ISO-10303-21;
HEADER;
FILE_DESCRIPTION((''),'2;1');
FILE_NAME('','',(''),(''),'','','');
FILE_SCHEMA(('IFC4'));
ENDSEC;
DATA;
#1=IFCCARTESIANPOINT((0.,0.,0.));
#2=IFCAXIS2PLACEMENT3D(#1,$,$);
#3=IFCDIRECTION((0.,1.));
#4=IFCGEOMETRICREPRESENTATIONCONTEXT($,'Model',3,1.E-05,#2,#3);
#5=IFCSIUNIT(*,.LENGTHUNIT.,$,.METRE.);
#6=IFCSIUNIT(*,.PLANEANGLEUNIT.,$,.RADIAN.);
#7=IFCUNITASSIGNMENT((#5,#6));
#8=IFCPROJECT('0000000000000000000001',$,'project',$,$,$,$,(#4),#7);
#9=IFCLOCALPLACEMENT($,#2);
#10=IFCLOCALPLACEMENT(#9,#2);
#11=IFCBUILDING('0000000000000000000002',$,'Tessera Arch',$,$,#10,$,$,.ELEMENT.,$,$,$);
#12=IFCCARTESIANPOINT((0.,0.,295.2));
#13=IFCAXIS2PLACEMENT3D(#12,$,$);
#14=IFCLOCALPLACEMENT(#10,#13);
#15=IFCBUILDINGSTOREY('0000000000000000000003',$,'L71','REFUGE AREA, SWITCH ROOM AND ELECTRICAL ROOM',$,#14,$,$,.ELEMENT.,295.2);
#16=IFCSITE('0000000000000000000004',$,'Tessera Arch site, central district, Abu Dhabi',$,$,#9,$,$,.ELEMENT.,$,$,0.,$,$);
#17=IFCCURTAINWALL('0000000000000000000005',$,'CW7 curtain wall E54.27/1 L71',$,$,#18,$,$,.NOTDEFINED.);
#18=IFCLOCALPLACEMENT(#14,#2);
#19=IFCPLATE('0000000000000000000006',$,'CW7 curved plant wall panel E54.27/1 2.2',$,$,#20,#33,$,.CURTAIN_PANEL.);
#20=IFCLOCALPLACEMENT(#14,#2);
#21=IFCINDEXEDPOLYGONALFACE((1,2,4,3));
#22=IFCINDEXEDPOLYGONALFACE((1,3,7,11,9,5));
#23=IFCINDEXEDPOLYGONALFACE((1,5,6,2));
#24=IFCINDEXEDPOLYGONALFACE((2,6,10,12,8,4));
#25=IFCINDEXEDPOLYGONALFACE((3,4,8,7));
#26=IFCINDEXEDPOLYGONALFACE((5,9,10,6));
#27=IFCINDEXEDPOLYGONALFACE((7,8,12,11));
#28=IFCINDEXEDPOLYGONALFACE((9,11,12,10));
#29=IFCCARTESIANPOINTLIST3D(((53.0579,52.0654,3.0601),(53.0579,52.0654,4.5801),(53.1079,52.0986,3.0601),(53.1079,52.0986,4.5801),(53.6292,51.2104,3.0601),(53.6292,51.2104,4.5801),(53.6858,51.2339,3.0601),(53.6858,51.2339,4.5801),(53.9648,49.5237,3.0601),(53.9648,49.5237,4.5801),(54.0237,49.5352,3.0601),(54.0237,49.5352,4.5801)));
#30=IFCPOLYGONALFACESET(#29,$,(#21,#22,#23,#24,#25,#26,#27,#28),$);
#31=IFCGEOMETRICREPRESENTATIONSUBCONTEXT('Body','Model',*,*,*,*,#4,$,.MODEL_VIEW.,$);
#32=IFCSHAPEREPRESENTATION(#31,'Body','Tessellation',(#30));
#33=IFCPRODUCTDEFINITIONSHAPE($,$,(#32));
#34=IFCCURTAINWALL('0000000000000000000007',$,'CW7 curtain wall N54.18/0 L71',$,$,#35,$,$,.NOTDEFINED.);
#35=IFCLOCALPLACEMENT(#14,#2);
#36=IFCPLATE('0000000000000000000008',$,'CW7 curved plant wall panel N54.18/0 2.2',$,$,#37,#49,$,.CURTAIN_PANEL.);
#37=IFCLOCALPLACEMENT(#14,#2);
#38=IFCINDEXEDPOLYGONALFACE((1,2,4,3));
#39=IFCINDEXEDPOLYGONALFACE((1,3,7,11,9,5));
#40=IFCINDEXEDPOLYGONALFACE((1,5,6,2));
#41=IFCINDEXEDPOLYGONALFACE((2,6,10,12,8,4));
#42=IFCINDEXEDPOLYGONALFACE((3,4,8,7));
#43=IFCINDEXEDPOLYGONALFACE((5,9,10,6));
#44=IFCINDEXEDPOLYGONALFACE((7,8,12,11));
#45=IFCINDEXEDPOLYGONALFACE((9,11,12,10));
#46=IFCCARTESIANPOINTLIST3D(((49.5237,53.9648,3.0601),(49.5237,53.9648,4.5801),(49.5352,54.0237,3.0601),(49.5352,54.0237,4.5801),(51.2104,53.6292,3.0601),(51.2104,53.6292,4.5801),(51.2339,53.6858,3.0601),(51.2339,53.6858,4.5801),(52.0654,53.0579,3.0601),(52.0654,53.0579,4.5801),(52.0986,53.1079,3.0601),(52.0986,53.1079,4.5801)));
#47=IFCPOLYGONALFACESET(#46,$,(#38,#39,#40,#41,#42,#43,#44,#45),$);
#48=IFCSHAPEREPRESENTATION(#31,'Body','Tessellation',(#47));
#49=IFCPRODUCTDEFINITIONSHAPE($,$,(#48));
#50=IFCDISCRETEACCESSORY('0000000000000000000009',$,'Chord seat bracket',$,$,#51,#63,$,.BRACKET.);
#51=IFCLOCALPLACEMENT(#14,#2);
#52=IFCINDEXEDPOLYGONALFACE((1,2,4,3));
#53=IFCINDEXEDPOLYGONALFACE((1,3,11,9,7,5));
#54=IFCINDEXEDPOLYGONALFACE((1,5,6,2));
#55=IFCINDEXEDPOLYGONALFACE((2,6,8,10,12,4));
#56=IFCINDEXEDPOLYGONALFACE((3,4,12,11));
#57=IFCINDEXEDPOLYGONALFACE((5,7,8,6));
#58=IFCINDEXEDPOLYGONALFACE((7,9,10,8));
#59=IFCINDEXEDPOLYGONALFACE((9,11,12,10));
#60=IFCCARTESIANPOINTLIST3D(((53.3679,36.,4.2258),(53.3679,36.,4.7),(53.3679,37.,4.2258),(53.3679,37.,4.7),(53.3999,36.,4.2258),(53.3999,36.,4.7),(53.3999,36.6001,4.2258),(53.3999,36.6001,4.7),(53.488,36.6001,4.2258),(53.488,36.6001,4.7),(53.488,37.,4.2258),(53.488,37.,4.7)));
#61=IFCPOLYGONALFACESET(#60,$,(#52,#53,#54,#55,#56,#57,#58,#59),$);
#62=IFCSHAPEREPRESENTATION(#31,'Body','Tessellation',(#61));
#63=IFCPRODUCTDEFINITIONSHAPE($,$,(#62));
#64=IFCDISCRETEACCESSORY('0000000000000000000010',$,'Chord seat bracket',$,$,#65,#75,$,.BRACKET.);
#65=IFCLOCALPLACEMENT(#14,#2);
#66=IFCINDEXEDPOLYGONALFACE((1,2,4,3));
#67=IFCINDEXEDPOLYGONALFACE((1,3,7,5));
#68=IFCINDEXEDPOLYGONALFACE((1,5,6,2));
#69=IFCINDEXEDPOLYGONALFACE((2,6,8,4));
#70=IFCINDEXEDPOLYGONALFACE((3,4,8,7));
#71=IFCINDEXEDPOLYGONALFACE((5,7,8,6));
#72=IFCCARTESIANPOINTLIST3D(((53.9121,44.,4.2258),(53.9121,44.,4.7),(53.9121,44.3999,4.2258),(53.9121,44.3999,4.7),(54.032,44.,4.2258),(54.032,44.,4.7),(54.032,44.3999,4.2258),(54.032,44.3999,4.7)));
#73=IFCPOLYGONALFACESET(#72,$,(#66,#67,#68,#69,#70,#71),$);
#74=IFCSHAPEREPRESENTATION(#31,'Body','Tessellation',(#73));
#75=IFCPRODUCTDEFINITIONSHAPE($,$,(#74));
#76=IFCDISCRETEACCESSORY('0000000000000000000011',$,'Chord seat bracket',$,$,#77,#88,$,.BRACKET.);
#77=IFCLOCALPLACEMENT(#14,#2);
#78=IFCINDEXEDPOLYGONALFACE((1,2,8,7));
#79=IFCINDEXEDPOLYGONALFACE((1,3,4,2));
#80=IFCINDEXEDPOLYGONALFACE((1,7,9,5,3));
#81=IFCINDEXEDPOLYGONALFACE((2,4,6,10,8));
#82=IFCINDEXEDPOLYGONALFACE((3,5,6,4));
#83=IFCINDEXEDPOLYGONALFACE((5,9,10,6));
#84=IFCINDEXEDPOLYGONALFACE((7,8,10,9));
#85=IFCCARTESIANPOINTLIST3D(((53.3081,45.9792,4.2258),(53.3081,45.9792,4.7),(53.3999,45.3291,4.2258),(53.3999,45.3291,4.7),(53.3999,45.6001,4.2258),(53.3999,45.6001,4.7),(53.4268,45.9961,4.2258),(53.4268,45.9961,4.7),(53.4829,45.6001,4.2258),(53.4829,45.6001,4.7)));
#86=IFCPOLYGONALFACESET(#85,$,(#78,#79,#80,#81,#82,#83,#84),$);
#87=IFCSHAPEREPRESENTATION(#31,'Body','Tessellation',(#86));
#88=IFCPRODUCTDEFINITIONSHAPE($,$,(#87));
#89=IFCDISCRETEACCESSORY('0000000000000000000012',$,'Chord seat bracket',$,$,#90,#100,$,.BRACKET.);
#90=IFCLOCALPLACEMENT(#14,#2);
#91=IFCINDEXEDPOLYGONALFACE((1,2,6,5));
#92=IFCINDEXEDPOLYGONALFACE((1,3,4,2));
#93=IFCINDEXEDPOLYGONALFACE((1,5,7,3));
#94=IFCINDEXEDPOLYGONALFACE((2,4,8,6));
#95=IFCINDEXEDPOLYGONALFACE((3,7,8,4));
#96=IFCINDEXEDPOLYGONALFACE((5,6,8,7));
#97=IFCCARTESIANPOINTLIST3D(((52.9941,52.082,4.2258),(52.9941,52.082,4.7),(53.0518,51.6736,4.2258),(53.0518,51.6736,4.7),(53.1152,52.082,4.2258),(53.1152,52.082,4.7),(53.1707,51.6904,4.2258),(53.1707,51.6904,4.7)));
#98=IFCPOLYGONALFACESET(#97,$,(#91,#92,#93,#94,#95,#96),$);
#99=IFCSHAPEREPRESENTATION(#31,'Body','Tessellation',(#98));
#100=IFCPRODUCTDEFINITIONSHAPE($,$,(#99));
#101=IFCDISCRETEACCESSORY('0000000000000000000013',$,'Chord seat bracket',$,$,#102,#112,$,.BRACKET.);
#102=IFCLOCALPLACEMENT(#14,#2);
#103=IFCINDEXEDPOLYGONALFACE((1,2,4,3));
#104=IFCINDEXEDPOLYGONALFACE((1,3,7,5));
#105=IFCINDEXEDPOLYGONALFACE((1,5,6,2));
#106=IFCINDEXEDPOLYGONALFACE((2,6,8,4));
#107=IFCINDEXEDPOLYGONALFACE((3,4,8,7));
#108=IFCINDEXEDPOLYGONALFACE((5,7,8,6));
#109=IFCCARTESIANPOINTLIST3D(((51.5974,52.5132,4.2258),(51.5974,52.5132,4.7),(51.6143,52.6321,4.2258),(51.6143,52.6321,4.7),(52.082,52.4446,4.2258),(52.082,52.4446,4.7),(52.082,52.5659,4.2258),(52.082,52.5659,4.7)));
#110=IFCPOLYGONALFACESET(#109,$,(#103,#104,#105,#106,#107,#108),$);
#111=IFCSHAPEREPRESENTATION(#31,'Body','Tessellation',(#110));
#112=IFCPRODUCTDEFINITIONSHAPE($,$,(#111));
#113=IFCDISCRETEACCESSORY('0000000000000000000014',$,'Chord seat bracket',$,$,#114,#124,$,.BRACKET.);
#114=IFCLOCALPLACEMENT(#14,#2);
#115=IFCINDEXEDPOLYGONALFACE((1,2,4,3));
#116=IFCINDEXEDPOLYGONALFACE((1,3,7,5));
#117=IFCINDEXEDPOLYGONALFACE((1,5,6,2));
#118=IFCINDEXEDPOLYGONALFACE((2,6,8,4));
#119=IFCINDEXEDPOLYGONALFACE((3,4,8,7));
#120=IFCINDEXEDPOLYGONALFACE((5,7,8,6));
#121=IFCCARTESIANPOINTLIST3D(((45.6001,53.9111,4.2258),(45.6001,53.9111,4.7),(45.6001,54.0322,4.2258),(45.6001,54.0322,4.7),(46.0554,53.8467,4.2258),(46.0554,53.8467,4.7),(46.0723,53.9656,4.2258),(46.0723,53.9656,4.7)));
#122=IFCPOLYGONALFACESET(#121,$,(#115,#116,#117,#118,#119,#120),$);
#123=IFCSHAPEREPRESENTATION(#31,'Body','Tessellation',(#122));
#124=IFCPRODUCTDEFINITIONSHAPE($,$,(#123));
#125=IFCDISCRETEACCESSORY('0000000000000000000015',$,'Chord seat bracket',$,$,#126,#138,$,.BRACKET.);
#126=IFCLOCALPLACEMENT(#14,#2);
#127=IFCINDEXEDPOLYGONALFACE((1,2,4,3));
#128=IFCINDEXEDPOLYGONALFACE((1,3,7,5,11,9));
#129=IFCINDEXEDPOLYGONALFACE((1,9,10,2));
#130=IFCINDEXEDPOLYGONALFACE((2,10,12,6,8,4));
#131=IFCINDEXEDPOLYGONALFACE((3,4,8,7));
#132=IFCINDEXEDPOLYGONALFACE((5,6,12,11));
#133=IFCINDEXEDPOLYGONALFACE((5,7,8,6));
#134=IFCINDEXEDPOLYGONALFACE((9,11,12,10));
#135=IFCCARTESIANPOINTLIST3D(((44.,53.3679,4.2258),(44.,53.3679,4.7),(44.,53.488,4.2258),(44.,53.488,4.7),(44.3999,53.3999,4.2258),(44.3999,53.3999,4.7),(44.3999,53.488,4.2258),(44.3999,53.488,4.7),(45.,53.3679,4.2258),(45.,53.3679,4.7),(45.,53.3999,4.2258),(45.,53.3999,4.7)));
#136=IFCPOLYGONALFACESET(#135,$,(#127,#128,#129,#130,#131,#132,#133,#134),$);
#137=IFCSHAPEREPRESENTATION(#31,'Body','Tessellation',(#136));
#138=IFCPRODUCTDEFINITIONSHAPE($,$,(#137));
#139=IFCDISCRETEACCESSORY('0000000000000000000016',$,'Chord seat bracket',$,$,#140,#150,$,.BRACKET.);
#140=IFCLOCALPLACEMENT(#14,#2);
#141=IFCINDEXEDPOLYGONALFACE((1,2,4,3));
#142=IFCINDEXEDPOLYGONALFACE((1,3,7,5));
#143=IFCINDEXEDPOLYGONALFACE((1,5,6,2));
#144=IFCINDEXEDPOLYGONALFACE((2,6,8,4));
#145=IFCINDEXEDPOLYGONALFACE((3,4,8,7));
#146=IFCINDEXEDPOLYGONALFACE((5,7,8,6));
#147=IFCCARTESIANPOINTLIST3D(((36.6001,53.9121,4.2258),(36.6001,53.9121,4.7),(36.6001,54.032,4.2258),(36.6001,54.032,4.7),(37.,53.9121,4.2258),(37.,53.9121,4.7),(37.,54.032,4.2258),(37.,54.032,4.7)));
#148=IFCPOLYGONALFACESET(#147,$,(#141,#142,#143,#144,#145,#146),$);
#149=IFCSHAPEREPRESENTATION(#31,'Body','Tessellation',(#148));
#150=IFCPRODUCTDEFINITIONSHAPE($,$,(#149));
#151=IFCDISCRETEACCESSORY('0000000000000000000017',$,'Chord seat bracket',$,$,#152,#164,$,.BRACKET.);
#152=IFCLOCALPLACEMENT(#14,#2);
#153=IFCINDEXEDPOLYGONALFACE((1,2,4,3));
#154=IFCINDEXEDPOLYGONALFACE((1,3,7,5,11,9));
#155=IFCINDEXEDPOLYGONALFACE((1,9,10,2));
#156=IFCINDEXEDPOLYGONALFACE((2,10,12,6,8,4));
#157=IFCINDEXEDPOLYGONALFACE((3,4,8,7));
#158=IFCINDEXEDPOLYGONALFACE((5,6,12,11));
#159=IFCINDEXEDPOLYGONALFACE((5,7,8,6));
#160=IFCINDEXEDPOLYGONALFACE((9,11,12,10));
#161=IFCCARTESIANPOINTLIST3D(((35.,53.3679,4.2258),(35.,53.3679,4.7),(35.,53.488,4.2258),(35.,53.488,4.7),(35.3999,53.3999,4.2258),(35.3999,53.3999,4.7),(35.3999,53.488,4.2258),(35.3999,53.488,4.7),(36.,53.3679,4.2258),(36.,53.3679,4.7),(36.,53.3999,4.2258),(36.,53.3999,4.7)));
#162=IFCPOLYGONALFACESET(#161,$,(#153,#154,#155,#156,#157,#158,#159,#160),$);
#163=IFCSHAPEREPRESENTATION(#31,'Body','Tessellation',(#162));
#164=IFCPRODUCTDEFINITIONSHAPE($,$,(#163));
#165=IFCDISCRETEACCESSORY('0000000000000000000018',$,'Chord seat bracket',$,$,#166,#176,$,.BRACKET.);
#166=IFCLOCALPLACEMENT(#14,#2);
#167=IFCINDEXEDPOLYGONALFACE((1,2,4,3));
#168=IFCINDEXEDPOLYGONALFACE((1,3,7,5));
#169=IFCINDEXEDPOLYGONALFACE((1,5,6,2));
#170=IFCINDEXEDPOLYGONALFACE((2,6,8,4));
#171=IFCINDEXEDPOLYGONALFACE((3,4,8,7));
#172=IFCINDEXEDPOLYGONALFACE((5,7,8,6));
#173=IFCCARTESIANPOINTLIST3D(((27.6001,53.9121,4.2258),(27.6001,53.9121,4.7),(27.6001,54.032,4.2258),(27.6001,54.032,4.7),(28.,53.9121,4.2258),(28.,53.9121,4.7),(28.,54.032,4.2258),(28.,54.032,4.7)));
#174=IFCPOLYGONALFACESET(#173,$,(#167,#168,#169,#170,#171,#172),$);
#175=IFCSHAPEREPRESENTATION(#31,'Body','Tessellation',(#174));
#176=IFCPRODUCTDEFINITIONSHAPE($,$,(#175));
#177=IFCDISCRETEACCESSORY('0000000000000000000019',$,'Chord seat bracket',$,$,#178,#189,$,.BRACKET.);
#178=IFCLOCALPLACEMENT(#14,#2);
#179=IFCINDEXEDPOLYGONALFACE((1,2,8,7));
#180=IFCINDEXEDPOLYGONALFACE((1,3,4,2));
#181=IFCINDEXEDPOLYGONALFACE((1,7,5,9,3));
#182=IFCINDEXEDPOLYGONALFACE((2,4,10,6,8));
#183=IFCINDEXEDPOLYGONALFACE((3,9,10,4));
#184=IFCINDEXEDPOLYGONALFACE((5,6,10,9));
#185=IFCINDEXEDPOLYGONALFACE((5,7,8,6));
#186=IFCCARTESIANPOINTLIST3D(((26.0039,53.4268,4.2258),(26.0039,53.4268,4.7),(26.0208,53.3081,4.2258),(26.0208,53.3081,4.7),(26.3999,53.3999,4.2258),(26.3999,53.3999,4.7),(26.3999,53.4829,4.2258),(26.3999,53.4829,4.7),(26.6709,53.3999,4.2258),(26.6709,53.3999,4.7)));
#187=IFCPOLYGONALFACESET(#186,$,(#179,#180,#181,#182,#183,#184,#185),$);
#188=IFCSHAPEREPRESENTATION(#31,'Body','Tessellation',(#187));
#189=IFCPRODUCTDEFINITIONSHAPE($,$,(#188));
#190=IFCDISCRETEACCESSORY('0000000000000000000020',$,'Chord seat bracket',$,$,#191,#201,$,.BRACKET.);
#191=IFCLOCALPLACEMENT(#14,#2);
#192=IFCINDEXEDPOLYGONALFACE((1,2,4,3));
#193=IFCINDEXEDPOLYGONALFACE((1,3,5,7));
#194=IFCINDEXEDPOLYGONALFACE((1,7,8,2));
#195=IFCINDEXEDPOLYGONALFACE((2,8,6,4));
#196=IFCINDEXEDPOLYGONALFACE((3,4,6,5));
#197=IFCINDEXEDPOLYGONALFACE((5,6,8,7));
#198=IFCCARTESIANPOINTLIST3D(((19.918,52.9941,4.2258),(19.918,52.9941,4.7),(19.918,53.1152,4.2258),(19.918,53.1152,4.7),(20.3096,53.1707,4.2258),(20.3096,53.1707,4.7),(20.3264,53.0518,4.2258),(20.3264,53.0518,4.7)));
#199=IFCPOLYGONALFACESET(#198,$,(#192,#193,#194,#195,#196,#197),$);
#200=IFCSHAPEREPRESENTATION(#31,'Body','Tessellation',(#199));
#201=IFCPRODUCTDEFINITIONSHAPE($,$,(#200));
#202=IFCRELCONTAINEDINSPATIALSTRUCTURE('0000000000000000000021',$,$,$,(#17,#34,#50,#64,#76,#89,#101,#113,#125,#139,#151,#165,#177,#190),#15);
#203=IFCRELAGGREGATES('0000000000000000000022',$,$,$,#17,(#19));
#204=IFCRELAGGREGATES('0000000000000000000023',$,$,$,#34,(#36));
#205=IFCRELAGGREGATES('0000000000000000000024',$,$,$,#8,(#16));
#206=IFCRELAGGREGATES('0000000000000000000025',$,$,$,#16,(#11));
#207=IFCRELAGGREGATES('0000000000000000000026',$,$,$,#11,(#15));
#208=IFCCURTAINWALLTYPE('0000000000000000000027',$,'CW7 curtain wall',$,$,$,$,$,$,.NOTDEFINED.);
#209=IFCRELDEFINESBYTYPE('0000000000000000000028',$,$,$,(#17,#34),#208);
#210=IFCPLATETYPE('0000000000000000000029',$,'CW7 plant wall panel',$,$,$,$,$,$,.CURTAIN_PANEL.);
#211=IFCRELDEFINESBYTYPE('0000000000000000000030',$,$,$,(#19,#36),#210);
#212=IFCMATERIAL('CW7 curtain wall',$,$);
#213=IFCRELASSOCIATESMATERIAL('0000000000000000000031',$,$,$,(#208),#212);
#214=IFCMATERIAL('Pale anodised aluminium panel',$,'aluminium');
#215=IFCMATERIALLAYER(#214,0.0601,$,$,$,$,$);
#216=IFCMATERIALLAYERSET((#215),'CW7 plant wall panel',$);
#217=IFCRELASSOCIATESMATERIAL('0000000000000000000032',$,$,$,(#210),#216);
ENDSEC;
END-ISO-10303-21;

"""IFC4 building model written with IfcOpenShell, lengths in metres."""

from ifc_helpers import new_model, si_unit, direction, frame, origin, place, context, subcontext, project, spatial, polyline, outline, extrude, material, layer, layer_set, type_object, element, aggregate, save


model = new_model("IFC4")

# Units and contexts
model_context = context("Model", 3, precision=1e-05, world=origin(), true_north=direction((0.0, 1.0)))
body_context = subcontext(model_context, "Body", "Model", "MODEL_VIEW")
ifc_project = project(units=[si_unit("LENGTHUNIT", "METRE"), si_unit("PLANEANGLEUNIT", "RADIAN")], contexts=[model_context])

# Site, building, storey
site_placement = place(None, origin())
site = spatial("IfcSite", under=ifc_project, at=site_placement, Name="Tessera Arch site, central district, Abu Dhabi", CompositionType="ELEMENT", RefElevation=0.0)
building_placement = place(site_placement, origin())
building = spatial("IfcBuilding", under=site, at=building_placement, Name="Tessera Arch", CompositionType="ELEMENT")
storey_placement = place(building_placement, frame((0.0, 0.0, 295.2)))
storey = spatial("IfcBuildingStorey", under=building, at=storey_placement, Name="L71", Description="REFUGE AREA, SWITCH ROOM AND ELECTRICAL ROOM", CompositionType="ELEMENT", Elevation=295.2)

# Curtain walls, plates
ifc_material_1 = material(Name="CW7 curtain wall")
curtain_wall_type = type_object("IfcCurtainWallType", Name="CW7 curtain wall", PredefinedType="NOTDEFINED", material=ifc_material_1)
curtain_wall_1_placement = place(storey_placement, origin())
curtain_wall_1 = element("IfcCurtainWall", 1, at=curtain_wall_1_placement, inside=storey, type_object=curtain_wall_type, Name="CW7 curtain wall E54.27/1 L71", PredefinedType="NOTDEFINED")
ifc_material_2 = material(Name="Pale anodised aluminium panel", Category="aluminium")
ifc_layer = layer(ifc_material_2, 0.0601)
ifc_layer_set = layer_set([ifc_layer], Name="CW7 plant wall panel")
plate_type = type_object("IfcPlateType", Name="CW7 plant wall panel", PredefinedType="CURTAIN_PANEL", material=ifc_layer_set)
plate_1_placement = place(storey_placement, frame((0.0, 0.0, 3.0601)))
plate_1 = element("IfcPlate", 2, at=plate_1_placement, type_object=plate_type, Name="CW7 curved plant wall panel E54.27/1 2.2", PredefinedType="CURTAIN_PANEL", context=body_context, shape_type="SweptSolid", body=[
    extrude(outline(polyline([(53.6292, 51.2104), (53.9648, 49.5237), (54.0237, 49.5352), (53.6858, 51.2339), (53.1079, 52.0986), (53.0579, 52.0654), (53.6292, 51.2104)])), origin(), (0.0, 0.0, 1.0), 1.52),
])
aggregate(curtain_wall_1, [plate_1])
curtain_wall_2_placement = place(storey_placement, origin())
curtain_wall_2 = element("IfcCurtainWall", 3, at=curtain_wall_2_placement, inside=storey, type_object=curtain_wall_type, Name="CW7 curtain wall N54.18/0 L71", PredefinedType="NOTDEFINED")
plate_2_placement = place(storey_placement, frame((0.0, 0.0, 3.0601)))
plate_2 = element("IfcPlate", 4, at=plate_2_placement, type_object=plate_type, Name="CW7 curved plant wall panel N54.18/0 2.2", PredefinedType="CURTAIN_PANEL", context=body_context, shape_type="SweptSolid", body=[
    extrude(outline(polyline([(51.2104, 53.6292), (52.0654, 53.0579), (52.0986, 53.1079), (51.2339, 53.6858), (49.5352, 54.0237), (49.5237, 53.9648), (51.2104, 53.6292)])), origin(), (0.0, 0.0, 1.0), 1.52),
])
aggregate(curtain_wall_2, [plate_2])

# Discrete accessories
discrete_accessory_1_placement = place(storey_placement, frame((0.0, 0.0, 4.2258)))
element("IfcDiscreteAccessory", 5, at=discrete_accessory_1_placement, inside=storey, Name="Chord seat bracket", PredefinedType="BRACKET", context=body_context, shape_type="SweptSolid", body=[
    extrude(outline(polyline([(53.488, 37.0), (53.488, 36.6001), (53.3999, 36.6001), (53.3999, 36.0), (53.3679, 36.0), (53.3679, 37.0), (53.488, 37.0)])), origin(), (0.0, 0.0, 1.0), 0.4741),
])
discrete_accessory_2_placement = place(storey_placement, frame((0.0, 0.0, 4.2258)))
element("IfcDiscreteAccessory", 6, at=discrete_accessory_2_placement, inside=storey, Name="Chord seat bracket", PredefinedType="BRACKET", context=body_context, shape_type="SweptSolid", body=[
    extrude(outline(polyline([(53.9121, 44.0), (53.9121, 44.3999), (54.032, 44.3999), (54.032, 44.0), (53.9121, 44.0)])), origin(), (0.0, 0.0, 1.0), 0.4741),
])
discrete_accessory_3_placement = place(storey_placement, frame((0.0, 0.0, 4.2258)))
element("IfcDiscreteAccessory", 7, at=discrete_accessory_3_placement, inside=storey, Name="Chord seat bracket", PredefinedType="BRACKET", context=body_context, shape_type="SweptSolid", body=[
    extrude(outline(polyline([(53.4268, 45.9961), (53.4829, 45.6001), (53.3999, 45.6001), (53.3999, 45.3291), (53.3081, 45.9792), (53.4268, 45.9961)])), origin(), (0.0, 0.0, 1.0), 0.4741),
])
discrete_accessory_4_placement = place(storey_placement, frame((0.0, 0.0, 4.2258)))
element("IfcDiscreteAccessory", 8, at=discrete_accessory_4_placement, inside=storey, Name="Chord seat bracket", PredefinedType="BRACKET", context=body_context, shape_type="SweptSolid", body=[
    extrude(outline(polyline([(53.0518, 51.6736), (52.9941, 52.082), (53.1152, 52.082), (53.1707, 51.6904), (53.0518, 51.6736)])), origin(), (0.0, 0.0, 1.0), 0.4741),
])
discrete_accessory_5_placement = place(storey_placement, frame((0.0, 0.0, 4.2258)))
element("IfcDiscreteAccessory", 9, at=discrete_accessory_5_placement, inside=storey, Name="Chord seat bracket", PredefinedType="BRACKET", context=body_context, shape_type="SweptSolid", body=[
    extrude(outline(polyline([(51.6143, 52.6321), (52.082, 52.5659), (52.082, 52.4446), (51.5974, 52.5132), (51.6143, 52.6321)])), origin(), (0.0, 0.0, 1.0), 0.4741),
])
discrete_accessory_6_placement = place(storey_placement, frame((0.0, 0.0, 4.2258)))
element("IfcDiscreteAccessory", 10, at=discrete_accessory_6_placement, inside=storey, Name="Chord seat bracket", PredefinedType="BRACKET", context=body_context, shape_type="SweptSolid", body=[
    extrude(outline(polyline([(46.0554, 53.8467), (45.6001, 53.9111), (45.6001, 54.0322), (46.0723, 53.9656), (46.0554, 53.8467)])), origin(), (0.0, 0.0, 1.0), 0.4741),
])
discrete_accessory_7_placement = place(storey_placement, frame((0.0, 0.0, 4.2258)))
element("IfcDiscreteAccessory", 11, at=discrete_accessory_7_placement, inside=storey, Name="Chord seat bracket", PredefinedType="BRACKET", context=body_context, shape_type="SweptSolid", body=[
    extrude(outline(polyline([(45.0, 53.3679), (44.0, 53.3679), (44.0, 53.488), (44.3999, 53.488), (44.3999, 53.3999), (45.0, 53.3999), (45.0, 53.3679)])), origin(), (0.0, 0.0, 1.0), 0.4741),
])
discrete_accessory_8_placement = place(storey_placement, frame((0.0, 0.0, 4.2258)))
element("IfcDiscreteAccessory", 12, at=discrete_accessory_8_placement, inside=storey, Name="Chord seat bracket", PredefinedType="BRACKET", context=body_context, shape_type="SweptSolid", body=[
    extrude(outline(polyline([(36.6001, 53.9121), (36.6001, 54.032), (37.0, 54.032), (37.0, 53.9121), (36.6001, 53.9121)])), origin(), (0.0, 0.0, 1.0), 0.4741),
])
discrete_accessory_9_placement = place(storey_placement, frame((0.0, 0.0, 4.2258)))
element("IfcDiscreteAccessory", 13, at=discrete_accessory_9_placement, inside=storey, Name="Chord seat bracket", PredefinedType="BRACKET", context=body_context, shape_type="SweptSolid", body=[
    extrude(outline(polyline([(36.0, 53.3679), (35.0, 53.3679), (35.0, 53.488), (35.3999, 53.488), (35.3999, 53.3999), (36.0, 53.3999), (36.0, 53.3679)])), origin(), (0.0, 0.0, 1.0), 0.4741),
])
discrete_accessory_10_placement = place(storey_placement, frame((0.0, 0.0, 4.2258)))
element("IfcDiscreteAccessory", 14, at=discrete_accessory_10_placement, inside=storey, Name="Chord seat bracket", PredefinedType="BRACKET", context=body_context, shape_type="SweptSolid", body=[
    extrude(outline(polyline([(28.0, 53.9121), (27.6001, 53.9121), (27.6001, 54.032), (28.0, 54.032), (28.0, 53.9121)])), origin(), (0.0, 0.0, 1.0), 0.4741),
])
discrete_accessory_11_placement = place(storey_placement, frame((0.0, 0.0, 4.2258)))
element("IfcDiscreteAccessory", 15, at=discrete_accessory_11_placement, inside=storey, Name="Chord seat bracket", PredefinedType="BRACKET", context=body_context, shape_type="SweptSolid", body=[
    extrude(outline(polyline([(26.6709, 53.3999), (26.0208, 53.3081), (26.0039, 53.4268), (26.3999, 53.4829), (26.3999, 53.3999), (26.6709, 53.3999)])), origin(), (0.0, 0.0, 1.0), 0.4741),
])
discrete_accessory_12_placement = place(storey_placement, frame((0.0, 0.0, 4.2258)))
element("IfcDiscreteAccessory", 16, at=discrete_accessory_12_placement, inside=storey, Name="Chord seat bracket", PredefinedType="BRACKET", context=body_context, shape_type="SweptSolid", body=[
    extrude(outline(polyline([(20.3264, 53.0518), (19.918, 52.9941), (19.918, 53.1152), (20.3096, 53.1707), (20.3264, 53.0518)])), origin(), (0.0, 0.0, 1.0), 0.4741),
])

save(model, "model.ifc")
